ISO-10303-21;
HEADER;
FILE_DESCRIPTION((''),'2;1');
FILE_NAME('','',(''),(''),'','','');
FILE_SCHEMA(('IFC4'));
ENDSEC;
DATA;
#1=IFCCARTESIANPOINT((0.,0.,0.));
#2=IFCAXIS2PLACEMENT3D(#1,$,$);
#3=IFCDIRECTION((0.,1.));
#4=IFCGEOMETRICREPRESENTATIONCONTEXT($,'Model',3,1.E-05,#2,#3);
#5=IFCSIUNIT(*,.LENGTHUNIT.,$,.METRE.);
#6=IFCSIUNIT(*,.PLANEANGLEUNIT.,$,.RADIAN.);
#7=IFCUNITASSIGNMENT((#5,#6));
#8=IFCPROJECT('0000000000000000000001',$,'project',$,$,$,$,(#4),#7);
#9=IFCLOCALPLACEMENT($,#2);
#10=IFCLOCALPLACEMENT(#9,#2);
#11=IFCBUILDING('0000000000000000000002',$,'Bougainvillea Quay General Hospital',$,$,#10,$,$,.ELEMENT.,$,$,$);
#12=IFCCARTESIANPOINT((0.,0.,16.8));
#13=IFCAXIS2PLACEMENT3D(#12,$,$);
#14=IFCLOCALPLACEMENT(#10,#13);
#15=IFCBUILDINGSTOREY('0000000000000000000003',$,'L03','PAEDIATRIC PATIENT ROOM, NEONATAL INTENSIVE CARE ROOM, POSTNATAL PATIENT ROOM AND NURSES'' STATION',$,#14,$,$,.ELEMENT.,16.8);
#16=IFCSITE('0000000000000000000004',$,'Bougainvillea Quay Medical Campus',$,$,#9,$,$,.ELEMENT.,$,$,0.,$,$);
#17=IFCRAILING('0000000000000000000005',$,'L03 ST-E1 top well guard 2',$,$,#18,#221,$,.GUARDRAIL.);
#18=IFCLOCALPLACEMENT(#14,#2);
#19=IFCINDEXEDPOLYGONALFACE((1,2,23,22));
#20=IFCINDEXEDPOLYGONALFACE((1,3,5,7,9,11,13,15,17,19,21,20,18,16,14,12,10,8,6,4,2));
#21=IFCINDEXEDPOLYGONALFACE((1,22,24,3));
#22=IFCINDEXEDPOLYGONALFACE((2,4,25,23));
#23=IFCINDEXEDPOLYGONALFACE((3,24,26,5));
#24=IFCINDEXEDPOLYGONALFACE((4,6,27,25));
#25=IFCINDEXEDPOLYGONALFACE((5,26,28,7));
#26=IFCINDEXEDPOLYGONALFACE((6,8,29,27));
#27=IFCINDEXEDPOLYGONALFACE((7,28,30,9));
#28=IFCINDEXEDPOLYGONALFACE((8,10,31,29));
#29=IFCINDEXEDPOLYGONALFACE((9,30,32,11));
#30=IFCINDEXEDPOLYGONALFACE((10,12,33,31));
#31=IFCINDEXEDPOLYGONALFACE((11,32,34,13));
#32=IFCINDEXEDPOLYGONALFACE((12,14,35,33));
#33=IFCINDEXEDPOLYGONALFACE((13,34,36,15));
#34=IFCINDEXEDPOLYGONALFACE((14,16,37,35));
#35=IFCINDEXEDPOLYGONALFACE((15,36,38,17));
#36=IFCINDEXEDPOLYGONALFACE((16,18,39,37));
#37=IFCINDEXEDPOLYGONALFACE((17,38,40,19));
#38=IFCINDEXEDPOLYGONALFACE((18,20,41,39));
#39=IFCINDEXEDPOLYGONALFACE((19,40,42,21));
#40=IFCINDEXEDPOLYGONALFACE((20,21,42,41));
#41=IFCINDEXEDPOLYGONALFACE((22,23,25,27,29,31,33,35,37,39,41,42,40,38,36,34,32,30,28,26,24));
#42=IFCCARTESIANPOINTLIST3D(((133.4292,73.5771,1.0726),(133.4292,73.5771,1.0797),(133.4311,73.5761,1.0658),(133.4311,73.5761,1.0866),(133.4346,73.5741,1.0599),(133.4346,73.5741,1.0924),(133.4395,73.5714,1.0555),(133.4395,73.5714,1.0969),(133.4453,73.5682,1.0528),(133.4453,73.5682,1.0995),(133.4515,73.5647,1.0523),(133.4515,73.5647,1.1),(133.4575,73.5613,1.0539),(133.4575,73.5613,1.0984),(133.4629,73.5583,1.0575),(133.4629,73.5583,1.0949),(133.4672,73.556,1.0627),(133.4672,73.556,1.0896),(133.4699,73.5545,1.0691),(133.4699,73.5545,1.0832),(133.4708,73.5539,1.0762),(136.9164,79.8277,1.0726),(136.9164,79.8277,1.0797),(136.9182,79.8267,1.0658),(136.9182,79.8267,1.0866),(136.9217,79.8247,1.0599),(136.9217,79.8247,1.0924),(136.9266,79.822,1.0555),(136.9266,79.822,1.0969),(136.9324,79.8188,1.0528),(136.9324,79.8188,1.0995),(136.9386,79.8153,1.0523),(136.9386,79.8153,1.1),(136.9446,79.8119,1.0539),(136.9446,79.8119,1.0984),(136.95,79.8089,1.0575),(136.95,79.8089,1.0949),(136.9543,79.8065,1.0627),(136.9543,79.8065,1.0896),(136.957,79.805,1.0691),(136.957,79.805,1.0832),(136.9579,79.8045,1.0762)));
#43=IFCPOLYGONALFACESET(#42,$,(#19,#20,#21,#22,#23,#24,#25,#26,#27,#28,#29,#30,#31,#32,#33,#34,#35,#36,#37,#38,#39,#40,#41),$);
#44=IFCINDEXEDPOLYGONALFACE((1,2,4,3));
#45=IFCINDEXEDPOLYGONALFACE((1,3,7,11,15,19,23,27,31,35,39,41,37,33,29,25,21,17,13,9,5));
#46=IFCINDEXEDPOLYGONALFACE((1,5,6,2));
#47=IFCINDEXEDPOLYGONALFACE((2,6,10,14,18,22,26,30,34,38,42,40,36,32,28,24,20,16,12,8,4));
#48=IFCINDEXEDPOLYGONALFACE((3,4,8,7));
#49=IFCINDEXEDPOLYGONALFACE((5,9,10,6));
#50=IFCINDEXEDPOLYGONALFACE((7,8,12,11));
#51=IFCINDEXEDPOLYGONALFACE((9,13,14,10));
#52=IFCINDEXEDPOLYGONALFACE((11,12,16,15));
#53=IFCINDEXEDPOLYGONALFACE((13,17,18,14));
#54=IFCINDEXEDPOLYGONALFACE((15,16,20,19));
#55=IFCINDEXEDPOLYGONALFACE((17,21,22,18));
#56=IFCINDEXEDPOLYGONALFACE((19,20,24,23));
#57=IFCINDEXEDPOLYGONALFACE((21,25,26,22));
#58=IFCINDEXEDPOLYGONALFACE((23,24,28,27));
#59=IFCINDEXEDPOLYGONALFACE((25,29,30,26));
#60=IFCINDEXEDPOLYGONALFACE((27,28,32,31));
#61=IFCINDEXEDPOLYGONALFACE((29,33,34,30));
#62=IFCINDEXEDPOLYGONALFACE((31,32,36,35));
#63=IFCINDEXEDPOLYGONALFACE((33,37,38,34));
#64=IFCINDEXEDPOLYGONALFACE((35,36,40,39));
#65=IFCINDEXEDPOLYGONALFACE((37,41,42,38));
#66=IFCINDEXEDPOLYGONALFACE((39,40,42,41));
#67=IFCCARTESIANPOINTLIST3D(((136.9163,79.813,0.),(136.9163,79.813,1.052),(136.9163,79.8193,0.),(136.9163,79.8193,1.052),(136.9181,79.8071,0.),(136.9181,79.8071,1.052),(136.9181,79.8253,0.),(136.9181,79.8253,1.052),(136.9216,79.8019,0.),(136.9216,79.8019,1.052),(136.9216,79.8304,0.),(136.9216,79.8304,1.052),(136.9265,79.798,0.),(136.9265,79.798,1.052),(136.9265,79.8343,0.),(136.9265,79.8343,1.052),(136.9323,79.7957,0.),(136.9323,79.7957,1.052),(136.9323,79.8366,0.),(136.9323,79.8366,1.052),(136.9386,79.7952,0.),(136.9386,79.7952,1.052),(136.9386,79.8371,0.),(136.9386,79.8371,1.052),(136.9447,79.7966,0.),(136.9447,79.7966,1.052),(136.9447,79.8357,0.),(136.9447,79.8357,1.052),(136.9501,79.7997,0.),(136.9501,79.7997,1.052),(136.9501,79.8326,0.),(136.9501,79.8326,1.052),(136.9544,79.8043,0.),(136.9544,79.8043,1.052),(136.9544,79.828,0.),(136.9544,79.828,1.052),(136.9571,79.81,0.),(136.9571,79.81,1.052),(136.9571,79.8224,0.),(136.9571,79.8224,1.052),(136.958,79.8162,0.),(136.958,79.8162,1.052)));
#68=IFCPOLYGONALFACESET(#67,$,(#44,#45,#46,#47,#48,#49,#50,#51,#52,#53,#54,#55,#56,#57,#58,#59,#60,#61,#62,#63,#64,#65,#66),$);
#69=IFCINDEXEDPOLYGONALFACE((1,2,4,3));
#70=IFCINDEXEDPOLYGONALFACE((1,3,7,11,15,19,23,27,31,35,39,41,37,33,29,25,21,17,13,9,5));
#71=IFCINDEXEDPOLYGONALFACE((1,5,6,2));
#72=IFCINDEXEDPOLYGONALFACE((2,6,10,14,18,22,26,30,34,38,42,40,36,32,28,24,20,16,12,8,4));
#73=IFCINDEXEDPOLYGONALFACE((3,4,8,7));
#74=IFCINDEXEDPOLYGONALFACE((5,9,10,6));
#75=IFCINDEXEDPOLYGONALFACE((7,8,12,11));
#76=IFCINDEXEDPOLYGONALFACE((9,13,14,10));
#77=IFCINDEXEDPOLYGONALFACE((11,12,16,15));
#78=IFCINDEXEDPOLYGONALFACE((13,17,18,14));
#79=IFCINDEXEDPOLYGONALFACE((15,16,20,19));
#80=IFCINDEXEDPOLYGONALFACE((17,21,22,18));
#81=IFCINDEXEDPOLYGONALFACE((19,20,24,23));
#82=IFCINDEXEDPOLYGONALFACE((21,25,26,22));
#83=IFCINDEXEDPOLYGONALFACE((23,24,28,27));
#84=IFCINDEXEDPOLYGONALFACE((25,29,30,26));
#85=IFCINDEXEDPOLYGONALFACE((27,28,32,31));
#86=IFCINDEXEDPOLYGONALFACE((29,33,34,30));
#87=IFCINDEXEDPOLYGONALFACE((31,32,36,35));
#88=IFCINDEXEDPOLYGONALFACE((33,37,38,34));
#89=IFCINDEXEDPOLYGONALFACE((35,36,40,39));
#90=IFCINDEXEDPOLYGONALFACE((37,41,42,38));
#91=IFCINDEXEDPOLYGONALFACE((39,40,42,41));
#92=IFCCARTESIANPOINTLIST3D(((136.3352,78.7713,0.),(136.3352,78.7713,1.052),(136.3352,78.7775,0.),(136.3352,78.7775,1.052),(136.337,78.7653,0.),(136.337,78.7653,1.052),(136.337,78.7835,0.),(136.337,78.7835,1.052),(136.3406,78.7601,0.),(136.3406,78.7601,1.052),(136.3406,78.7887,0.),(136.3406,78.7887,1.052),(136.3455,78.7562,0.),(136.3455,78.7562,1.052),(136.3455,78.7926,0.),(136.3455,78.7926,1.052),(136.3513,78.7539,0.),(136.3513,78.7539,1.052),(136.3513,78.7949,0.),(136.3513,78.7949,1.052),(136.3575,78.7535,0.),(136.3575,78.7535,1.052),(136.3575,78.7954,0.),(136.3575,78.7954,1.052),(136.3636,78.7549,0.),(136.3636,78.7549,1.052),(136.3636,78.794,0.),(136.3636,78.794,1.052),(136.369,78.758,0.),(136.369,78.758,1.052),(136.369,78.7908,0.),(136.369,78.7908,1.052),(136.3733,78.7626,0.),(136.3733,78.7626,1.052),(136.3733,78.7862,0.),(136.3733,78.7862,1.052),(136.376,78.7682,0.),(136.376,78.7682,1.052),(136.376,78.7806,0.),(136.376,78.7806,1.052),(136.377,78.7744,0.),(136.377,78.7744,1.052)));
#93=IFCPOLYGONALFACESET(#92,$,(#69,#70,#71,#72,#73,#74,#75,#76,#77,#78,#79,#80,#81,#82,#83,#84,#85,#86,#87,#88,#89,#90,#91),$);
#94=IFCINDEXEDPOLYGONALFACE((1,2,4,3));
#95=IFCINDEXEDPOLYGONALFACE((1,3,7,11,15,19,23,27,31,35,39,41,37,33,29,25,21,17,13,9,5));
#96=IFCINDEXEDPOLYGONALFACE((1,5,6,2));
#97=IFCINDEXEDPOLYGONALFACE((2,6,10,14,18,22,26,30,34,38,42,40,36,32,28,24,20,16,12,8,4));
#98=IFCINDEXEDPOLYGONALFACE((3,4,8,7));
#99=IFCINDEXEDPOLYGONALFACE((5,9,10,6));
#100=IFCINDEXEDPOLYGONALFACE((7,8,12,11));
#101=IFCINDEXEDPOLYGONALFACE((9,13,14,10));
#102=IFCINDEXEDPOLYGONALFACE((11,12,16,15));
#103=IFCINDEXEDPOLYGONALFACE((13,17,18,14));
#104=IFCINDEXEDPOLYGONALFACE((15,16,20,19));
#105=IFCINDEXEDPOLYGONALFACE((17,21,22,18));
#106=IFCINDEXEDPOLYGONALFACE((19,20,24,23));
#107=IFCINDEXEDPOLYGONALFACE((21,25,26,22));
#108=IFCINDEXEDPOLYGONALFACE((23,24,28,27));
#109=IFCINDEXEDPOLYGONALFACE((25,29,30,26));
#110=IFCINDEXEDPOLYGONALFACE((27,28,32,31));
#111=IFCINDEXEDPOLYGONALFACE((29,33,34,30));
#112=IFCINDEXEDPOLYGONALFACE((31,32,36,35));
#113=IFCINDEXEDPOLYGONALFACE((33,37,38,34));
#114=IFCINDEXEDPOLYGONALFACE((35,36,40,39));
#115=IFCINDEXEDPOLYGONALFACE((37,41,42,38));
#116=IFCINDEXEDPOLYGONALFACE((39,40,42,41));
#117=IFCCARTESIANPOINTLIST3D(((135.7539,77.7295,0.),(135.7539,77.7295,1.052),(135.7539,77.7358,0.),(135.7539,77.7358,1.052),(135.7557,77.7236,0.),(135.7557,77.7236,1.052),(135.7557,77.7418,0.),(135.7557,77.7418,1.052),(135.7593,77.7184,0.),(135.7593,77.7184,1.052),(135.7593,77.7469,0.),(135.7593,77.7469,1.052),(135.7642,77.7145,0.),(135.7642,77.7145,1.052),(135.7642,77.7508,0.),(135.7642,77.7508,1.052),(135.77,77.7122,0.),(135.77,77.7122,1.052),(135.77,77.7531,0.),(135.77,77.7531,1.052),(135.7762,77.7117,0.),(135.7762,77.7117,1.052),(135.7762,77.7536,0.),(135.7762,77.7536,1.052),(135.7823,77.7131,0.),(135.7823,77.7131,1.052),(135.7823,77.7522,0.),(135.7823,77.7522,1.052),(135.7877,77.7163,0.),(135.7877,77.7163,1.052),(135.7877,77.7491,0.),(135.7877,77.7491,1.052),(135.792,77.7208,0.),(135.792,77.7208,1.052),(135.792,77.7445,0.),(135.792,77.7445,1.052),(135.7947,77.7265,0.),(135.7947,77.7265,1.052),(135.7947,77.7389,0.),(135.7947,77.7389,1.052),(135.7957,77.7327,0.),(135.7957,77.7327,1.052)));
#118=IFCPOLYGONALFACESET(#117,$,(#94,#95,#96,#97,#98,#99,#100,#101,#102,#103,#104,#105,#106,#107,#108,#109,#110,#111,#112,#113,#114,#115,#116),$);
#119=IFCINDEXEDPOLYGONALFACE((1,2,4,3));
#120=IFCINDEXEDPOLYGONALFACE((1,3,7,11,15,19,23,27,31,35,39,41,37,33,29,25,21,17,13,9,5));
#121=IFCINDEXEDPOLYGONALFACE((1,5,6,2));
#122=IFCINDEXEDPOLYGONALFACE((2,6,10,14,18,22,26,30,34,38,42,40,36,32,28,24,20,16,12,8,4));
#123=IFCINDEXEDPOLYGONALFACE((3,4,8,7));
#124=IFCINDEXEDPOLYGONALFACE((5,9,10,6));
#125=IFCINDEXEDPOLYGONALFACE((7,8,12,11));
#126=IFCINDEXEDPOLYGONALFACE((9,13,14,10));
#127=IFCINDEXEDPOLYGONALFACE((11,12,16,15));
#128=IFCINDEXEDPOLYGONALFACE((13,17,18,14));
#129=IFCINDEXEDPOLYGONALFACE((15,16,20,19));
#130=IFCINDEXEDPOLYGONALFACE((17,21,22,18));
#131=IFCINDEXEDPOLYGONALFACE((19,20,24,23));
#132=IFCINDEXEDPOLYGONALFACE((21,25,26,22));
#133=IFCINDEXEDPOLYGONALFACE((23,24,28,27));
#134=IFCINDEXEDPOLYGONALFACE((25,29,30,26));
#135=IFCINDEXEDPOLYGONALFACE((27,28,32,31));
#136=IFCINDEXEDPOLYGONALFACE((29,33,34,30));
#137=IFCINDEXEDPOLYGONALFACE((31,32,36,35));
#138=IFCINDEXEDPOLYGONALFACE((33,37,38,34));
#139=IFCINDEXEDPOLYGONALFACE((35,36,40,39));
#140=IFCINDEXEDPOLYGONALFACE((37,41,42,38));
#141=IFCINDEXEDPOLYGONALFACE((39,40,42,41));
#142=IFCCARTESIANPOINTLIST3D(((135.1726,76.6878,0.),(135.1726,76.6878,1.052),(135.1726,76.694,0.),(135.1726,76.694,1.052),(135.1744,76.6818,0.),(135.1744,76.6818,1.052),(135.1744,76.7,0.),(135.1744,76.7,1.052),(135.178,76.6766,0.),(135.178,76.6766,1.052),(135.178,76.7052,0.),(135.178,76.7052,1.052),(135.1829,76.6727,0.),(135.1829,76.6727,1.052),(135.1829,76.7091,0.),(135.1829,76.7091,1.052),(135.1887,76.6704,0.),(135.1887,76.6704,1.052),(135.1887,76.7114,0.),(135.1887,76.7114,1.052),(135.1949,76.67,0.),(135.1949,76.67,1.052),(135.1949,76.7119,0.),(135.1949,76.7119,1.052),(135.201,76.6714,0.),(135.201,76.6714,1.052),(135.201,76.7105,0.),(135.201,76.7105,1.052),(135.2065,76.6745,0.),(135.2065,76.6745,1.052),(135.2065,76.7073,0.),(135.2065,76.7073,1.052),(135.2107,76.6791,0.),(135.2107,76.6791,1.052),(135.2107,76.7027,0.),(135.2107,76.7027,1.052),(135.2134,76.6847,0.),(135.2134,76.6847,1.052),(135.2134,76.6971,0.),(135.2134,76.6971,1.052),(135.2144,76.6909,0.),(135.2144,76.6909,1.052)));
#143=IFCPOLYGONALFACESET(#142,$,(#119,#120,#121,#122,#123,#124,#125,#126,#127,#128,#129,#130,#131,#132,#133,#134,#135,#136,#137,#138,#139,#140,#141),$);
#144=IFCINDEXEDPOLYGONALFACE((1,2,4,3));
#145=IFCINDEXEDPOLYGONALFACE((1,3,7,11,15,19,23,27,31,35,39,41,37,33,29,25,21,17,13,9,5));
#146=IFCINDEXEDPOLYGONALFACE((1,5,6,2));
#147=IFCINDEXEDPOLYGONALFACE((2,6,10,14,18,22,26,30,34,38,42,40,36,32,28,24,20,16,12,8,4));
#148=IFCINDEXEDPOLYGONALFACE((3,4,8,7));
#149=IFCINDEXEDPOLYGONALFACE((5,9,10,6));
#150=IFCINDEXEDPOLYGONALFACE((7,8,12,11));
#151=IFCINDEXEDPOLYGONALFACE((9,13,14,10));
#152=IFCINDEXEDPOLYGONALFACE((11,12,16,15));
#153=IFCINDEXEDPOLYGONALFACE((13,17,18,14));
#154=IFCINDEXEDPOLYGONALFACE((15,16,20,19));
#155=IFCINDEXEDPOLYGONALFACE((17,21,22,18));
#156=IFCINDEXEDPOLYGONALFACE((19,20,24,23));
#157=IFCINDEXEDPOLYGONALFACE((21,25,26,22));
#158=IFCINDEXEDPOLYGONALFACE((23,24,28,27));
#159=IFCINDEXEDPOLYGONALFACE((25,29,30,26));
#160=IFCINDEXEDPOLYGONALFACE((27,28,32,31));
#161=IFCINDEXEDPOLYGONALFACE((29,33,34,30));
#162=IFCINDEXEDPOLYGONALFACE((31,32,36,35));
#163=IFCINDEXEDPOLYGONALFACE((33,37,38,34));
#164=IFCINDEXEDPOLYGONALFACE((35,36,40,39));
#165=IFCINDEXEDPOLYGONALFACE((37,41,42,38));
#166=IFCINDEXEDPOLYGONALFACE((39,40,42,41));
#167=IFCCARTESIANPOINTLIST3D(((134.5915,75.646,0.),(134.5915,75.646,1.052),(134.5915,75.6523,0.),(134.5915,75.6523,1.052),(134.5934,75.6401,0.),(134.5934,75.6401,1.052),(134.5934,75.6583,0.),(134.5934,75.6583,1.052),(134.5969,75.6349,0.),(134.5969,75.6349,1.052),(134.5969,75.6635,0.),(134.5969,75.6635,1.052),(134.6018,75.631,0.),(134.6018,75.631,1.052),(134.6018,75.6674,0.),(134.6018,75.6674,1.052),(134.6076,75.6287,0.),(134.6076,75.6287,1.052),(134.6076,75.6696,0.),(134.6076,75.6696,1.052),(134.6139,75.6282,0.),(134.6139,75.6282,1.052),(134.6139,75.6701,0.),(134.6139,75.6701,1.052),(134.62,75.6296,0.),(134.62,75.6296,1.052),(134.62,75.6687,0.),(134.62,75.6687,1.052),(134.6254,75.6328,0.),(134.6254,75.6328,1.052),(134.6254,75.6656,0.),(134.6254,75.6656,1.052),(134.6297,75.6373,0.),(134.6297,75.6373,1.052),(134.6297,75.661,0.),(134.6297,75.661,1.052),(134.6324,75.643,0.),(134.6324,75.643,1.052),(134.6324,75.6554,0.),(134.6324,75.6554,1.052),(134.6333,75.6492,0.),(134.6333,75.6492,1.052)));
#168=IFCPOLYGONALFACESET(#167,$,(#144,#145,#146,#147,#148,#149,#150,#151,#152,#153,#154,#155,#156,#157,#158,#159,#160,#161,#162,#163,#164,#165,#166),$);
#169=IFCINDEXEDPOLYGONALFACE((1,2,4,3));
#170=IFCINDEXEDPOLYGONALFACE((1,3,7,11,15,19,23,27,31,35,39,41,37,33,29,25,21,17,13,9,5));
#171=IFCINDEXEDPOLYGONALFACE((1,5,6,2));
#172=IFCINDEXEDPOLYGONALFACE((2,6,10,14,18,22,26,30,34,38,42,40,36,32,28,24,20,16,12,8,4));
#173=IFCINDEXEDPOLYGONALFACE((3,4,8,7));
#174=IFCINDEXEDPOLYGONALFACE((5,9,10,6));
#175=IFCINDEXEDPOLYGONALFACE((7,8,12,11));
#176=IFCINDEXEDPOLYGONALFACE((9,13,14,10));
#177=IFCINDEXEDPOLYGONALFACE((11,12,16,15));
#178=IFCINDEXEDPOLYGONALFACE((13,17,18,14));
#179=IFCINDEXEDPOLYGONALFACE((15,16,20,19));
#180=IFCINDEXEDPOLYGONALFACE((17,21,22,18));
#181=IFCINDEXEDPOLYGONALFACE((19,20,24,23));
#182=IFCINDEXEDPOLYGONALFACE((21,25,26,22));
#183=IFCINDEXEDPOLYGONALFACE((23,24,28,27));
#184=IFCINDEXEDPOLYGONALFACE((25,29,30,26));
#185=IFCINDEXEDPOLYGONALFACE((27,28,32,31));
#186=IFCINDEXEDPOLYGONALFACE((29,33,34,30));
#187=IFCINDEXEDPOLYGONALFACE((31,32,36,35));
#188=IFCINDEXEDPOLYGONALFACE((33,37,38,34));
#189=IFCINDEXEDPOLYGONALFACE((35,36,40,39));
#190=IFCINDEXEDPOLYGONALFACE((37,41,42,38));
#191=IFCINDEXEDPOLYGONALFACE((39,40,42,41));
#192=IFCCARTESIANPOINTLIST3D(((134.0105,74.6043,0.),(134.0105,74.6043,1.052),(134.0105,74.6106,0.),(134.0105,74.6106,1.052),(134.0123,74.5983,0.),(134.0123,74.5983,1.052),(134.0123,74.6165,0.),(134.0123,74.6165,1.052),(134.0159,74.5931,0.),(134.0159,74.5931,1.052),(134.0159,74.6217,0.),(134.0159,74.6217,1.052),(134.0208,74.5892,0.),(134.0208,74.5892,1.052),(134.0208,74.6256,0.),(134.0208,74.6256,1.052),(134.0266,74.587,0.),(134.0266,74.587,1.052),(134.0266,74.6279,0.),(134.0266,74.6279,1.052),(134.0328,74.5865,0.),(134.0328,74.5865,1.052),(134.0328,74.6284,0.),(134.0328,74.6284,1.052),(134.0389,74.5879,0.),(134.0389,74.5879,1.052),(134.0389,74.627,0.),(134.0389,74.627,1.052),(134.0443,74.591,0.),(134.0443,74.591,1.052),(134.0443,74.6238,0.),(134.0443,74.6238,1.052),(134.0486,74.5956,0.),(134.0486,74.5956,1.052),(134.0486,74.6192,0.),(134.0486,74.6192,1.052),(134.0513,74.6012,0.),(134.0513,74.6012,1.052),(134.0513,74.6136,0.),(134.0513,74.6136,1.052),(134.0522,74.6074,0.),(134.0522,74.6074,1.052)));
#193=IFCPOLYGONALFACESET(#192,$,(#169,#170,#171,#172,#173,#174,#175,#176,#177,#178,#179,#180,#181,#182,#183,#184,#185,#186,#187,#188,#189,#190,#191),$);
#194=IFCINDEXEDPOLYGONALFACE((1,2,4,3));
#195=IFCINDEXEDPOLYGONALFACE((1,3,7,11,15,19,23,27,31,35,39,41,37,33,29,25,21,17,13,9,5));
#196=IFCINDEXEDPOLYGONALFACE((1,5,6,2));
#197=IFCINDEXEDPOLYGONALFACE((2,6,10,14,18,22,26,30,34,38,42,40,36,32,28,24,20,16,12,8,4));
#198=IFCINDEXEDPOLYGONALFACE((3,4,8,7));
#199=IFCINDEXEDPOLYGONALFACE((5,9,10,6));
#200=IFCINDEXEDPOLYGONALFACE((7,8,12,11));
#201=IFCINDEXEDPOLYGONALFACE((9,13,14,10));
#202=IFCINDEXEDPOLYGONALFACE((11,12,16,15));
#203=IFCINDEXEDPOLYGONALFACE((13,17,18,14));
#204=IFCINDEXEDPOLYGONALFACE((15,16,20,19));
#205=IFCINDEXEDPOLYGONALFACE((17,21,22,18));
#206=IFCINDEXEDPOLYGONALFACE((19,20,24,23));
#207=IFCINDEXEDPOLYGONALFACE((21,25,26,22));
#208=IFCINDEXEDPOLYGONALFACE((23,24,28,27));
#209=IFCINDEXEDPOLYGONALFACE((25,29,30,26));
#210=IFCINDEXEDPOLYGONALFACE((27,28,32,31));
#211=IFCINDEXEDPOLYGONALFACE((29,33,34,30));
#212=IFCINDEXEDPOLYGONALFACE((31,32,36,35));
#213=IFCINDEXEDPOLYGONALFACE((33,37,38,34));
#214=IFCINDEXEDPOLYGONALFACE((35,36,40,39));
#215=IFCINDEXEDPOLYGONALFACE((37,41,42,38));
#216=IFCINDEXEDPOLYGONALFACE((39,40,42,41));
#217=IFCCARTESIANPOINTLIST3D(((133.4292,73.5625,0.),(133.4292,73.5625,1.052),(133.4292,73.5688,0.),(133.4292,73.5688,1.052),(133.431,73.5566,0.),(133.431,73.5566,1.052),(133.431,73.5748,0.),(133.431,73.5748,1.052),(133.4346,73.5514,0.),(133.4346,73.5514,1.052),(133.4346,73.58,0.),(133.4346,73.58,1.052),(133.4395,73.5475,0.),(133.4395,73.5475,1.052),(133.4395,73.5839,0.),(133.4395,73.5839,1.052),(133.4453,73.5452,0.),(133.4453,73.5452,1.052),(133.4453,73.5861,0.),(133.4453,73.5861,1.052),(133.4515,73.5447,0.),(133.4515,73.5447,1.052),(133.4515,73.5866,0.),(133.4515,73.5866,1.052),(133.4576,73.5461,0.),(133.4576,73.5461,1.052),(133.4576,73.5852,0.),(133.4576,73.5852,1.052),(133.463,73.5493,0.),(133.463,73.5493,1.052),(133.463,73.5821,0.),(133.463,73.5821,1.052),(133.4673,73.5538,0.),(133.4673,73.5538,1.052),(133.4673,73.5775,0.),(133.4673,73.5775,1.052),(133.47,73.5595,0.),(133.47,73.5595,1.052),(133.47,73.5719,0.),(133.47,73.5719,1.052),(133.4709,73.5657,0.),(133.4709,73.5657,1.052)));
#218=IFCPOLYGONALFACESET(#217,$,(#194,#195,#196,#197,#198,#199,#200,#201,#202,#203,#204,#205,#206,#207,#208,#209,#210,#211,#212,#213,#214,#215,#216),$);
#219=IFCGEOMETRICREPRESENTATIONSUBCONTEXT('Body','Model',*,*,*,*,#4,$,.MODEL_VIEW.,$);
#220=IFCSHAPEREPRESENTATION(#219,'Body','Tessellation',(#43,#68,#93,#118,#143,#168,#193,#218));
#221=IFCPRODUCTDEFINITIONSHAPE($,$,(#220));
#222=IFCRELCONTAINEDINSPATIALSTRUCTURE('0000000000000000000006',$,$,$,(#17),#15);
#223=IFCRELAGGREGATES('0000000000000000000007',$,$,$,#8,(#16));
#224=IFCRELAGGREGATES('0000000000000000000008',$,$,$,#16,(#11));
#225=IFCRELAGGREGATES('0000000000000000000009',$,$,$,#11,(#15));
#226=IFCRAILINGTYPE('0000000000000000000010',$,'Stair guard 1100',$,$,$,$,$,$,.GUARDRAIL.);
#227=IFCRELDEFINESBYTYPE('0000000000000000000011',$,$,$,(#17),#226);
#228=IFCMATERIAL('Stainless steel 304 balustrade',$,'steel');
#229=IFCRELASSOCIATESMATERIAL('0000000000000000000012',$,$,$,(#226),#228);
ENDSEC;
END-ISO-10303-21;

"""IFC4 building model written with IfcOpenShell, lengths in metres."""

from ifc_helpers import new_model, si_unit, direction, frame, origin, origin_2d, place, context, subcontext, project, spatial, circle, extrude, material, type_object, element, save


model = new_model("IFC4")

# Units and contexts
model_context = context("Model", 3, precision=1e-05, world=origin(), true_north=direction((0.0, 1.0)))
body_context = subcontext(model_context, "Body", "Model", "MODEL_VIEW")
ifc_project = project(units=[si_unit("LENGTHUNIT", "METRE"), si_unit("PLANEANGLEUNIT", "RADIAN")], contexts=[model_context])

# Site, building, storey
site_placement = place(None, origin())
site = spatial("IfcSite", under=ifc_project, at=site_placement, Name="Bougainvillea Quay Medical Campus", CompositionType="ELEMENT", RefElevation=0.0)
building_placement = place(site_placement, origin())
building = spatial("IfcBuilding", under=site, at=building_placement, Name="Bougainvillea Quay General Hospital", CompositionType="ELEMENT")
storey_placement = place(building_placement, frame((0.0, 0.0, 16.8)))
storey = spatial("IfcBuildingStorey", under=building, at=storey_placement, Name="L03", Description="PAEDIATRIC PATIENT ROOM, NEONATAL INTENSIVE CARE ROOM, POSTNATAL PATIENT ROOM AND NURSES' STATION", CompositionType="ELEMENT", Elevation=16.8)

# Railing
ifc_material_1 = material(Name="Stainless steel 304 balustrade", Category="steel")
railing_type = type_object("IfcRailingType", Name="Stair guard 1100", PredefinedType="GUARDRAIL", material=ifc_material_1)
railing_placement = place(storey_placement, frame((136.937, 79.8162, 0.0)))
element("IfcRailing", 1, at=railing_placement, inside=storey, type_object=railing_type, Name="L03 ST-E1 top well guard 2", PredefinedType="GUARDRAIL", context=body_context, shape_type="SweptSolid", body=[
    extrude(circle(Radius=0.0239, at=origin_2d()), frame((0.0, 0.0, 1.0762), z_axis=(-0.487197, -0.873292, 0.0), x_axis=(0.873292, -0.487197, 0.0)), (0.0, 0.0, 1.0), 7.1575),
    extrude(circle(Radius=0.021, at=origin_2d()), origin(), (0.0, 0.0, 1.0), 1.052),
    extrude(circle(Radius=0.021, at=origin_2d()), frame((-0.5811, -1.0417, 0.0)), (0.0, 0.0, 1.0), 1.052),
    extrude(circle(Radius=0.021, at=origin_2d()), frame((-1.1624, -2.0835, 0.0)), (0.0, 0.0, 1.0), 1.052),
    extrude(circle(Radius=0.021, at=origin_2d()), frame((-1.7437, -3.1252, 0.0)), (0.0, 0.0, 1.0), 1.052),
    extrude(circle(Radius=0.021, at=origin_2d()), frame((-2.3247, -4.167, 0.0)), (0.0, 0.0, 1.0), 1.052),
    extrude(circle(Radius=0.021, at=origin_2d()), frame((-2.9058, -5.2087, 0.0)), (0.0, 0.0, 1.0), 1.052),
    extrude(circle(Radius=0.021, at=origin_2d()), frame((-3.4871, -6.2505, 0.0)), (0.0, 0.0, 1.0), 1.052),
])

save(model, "model.ifc")
